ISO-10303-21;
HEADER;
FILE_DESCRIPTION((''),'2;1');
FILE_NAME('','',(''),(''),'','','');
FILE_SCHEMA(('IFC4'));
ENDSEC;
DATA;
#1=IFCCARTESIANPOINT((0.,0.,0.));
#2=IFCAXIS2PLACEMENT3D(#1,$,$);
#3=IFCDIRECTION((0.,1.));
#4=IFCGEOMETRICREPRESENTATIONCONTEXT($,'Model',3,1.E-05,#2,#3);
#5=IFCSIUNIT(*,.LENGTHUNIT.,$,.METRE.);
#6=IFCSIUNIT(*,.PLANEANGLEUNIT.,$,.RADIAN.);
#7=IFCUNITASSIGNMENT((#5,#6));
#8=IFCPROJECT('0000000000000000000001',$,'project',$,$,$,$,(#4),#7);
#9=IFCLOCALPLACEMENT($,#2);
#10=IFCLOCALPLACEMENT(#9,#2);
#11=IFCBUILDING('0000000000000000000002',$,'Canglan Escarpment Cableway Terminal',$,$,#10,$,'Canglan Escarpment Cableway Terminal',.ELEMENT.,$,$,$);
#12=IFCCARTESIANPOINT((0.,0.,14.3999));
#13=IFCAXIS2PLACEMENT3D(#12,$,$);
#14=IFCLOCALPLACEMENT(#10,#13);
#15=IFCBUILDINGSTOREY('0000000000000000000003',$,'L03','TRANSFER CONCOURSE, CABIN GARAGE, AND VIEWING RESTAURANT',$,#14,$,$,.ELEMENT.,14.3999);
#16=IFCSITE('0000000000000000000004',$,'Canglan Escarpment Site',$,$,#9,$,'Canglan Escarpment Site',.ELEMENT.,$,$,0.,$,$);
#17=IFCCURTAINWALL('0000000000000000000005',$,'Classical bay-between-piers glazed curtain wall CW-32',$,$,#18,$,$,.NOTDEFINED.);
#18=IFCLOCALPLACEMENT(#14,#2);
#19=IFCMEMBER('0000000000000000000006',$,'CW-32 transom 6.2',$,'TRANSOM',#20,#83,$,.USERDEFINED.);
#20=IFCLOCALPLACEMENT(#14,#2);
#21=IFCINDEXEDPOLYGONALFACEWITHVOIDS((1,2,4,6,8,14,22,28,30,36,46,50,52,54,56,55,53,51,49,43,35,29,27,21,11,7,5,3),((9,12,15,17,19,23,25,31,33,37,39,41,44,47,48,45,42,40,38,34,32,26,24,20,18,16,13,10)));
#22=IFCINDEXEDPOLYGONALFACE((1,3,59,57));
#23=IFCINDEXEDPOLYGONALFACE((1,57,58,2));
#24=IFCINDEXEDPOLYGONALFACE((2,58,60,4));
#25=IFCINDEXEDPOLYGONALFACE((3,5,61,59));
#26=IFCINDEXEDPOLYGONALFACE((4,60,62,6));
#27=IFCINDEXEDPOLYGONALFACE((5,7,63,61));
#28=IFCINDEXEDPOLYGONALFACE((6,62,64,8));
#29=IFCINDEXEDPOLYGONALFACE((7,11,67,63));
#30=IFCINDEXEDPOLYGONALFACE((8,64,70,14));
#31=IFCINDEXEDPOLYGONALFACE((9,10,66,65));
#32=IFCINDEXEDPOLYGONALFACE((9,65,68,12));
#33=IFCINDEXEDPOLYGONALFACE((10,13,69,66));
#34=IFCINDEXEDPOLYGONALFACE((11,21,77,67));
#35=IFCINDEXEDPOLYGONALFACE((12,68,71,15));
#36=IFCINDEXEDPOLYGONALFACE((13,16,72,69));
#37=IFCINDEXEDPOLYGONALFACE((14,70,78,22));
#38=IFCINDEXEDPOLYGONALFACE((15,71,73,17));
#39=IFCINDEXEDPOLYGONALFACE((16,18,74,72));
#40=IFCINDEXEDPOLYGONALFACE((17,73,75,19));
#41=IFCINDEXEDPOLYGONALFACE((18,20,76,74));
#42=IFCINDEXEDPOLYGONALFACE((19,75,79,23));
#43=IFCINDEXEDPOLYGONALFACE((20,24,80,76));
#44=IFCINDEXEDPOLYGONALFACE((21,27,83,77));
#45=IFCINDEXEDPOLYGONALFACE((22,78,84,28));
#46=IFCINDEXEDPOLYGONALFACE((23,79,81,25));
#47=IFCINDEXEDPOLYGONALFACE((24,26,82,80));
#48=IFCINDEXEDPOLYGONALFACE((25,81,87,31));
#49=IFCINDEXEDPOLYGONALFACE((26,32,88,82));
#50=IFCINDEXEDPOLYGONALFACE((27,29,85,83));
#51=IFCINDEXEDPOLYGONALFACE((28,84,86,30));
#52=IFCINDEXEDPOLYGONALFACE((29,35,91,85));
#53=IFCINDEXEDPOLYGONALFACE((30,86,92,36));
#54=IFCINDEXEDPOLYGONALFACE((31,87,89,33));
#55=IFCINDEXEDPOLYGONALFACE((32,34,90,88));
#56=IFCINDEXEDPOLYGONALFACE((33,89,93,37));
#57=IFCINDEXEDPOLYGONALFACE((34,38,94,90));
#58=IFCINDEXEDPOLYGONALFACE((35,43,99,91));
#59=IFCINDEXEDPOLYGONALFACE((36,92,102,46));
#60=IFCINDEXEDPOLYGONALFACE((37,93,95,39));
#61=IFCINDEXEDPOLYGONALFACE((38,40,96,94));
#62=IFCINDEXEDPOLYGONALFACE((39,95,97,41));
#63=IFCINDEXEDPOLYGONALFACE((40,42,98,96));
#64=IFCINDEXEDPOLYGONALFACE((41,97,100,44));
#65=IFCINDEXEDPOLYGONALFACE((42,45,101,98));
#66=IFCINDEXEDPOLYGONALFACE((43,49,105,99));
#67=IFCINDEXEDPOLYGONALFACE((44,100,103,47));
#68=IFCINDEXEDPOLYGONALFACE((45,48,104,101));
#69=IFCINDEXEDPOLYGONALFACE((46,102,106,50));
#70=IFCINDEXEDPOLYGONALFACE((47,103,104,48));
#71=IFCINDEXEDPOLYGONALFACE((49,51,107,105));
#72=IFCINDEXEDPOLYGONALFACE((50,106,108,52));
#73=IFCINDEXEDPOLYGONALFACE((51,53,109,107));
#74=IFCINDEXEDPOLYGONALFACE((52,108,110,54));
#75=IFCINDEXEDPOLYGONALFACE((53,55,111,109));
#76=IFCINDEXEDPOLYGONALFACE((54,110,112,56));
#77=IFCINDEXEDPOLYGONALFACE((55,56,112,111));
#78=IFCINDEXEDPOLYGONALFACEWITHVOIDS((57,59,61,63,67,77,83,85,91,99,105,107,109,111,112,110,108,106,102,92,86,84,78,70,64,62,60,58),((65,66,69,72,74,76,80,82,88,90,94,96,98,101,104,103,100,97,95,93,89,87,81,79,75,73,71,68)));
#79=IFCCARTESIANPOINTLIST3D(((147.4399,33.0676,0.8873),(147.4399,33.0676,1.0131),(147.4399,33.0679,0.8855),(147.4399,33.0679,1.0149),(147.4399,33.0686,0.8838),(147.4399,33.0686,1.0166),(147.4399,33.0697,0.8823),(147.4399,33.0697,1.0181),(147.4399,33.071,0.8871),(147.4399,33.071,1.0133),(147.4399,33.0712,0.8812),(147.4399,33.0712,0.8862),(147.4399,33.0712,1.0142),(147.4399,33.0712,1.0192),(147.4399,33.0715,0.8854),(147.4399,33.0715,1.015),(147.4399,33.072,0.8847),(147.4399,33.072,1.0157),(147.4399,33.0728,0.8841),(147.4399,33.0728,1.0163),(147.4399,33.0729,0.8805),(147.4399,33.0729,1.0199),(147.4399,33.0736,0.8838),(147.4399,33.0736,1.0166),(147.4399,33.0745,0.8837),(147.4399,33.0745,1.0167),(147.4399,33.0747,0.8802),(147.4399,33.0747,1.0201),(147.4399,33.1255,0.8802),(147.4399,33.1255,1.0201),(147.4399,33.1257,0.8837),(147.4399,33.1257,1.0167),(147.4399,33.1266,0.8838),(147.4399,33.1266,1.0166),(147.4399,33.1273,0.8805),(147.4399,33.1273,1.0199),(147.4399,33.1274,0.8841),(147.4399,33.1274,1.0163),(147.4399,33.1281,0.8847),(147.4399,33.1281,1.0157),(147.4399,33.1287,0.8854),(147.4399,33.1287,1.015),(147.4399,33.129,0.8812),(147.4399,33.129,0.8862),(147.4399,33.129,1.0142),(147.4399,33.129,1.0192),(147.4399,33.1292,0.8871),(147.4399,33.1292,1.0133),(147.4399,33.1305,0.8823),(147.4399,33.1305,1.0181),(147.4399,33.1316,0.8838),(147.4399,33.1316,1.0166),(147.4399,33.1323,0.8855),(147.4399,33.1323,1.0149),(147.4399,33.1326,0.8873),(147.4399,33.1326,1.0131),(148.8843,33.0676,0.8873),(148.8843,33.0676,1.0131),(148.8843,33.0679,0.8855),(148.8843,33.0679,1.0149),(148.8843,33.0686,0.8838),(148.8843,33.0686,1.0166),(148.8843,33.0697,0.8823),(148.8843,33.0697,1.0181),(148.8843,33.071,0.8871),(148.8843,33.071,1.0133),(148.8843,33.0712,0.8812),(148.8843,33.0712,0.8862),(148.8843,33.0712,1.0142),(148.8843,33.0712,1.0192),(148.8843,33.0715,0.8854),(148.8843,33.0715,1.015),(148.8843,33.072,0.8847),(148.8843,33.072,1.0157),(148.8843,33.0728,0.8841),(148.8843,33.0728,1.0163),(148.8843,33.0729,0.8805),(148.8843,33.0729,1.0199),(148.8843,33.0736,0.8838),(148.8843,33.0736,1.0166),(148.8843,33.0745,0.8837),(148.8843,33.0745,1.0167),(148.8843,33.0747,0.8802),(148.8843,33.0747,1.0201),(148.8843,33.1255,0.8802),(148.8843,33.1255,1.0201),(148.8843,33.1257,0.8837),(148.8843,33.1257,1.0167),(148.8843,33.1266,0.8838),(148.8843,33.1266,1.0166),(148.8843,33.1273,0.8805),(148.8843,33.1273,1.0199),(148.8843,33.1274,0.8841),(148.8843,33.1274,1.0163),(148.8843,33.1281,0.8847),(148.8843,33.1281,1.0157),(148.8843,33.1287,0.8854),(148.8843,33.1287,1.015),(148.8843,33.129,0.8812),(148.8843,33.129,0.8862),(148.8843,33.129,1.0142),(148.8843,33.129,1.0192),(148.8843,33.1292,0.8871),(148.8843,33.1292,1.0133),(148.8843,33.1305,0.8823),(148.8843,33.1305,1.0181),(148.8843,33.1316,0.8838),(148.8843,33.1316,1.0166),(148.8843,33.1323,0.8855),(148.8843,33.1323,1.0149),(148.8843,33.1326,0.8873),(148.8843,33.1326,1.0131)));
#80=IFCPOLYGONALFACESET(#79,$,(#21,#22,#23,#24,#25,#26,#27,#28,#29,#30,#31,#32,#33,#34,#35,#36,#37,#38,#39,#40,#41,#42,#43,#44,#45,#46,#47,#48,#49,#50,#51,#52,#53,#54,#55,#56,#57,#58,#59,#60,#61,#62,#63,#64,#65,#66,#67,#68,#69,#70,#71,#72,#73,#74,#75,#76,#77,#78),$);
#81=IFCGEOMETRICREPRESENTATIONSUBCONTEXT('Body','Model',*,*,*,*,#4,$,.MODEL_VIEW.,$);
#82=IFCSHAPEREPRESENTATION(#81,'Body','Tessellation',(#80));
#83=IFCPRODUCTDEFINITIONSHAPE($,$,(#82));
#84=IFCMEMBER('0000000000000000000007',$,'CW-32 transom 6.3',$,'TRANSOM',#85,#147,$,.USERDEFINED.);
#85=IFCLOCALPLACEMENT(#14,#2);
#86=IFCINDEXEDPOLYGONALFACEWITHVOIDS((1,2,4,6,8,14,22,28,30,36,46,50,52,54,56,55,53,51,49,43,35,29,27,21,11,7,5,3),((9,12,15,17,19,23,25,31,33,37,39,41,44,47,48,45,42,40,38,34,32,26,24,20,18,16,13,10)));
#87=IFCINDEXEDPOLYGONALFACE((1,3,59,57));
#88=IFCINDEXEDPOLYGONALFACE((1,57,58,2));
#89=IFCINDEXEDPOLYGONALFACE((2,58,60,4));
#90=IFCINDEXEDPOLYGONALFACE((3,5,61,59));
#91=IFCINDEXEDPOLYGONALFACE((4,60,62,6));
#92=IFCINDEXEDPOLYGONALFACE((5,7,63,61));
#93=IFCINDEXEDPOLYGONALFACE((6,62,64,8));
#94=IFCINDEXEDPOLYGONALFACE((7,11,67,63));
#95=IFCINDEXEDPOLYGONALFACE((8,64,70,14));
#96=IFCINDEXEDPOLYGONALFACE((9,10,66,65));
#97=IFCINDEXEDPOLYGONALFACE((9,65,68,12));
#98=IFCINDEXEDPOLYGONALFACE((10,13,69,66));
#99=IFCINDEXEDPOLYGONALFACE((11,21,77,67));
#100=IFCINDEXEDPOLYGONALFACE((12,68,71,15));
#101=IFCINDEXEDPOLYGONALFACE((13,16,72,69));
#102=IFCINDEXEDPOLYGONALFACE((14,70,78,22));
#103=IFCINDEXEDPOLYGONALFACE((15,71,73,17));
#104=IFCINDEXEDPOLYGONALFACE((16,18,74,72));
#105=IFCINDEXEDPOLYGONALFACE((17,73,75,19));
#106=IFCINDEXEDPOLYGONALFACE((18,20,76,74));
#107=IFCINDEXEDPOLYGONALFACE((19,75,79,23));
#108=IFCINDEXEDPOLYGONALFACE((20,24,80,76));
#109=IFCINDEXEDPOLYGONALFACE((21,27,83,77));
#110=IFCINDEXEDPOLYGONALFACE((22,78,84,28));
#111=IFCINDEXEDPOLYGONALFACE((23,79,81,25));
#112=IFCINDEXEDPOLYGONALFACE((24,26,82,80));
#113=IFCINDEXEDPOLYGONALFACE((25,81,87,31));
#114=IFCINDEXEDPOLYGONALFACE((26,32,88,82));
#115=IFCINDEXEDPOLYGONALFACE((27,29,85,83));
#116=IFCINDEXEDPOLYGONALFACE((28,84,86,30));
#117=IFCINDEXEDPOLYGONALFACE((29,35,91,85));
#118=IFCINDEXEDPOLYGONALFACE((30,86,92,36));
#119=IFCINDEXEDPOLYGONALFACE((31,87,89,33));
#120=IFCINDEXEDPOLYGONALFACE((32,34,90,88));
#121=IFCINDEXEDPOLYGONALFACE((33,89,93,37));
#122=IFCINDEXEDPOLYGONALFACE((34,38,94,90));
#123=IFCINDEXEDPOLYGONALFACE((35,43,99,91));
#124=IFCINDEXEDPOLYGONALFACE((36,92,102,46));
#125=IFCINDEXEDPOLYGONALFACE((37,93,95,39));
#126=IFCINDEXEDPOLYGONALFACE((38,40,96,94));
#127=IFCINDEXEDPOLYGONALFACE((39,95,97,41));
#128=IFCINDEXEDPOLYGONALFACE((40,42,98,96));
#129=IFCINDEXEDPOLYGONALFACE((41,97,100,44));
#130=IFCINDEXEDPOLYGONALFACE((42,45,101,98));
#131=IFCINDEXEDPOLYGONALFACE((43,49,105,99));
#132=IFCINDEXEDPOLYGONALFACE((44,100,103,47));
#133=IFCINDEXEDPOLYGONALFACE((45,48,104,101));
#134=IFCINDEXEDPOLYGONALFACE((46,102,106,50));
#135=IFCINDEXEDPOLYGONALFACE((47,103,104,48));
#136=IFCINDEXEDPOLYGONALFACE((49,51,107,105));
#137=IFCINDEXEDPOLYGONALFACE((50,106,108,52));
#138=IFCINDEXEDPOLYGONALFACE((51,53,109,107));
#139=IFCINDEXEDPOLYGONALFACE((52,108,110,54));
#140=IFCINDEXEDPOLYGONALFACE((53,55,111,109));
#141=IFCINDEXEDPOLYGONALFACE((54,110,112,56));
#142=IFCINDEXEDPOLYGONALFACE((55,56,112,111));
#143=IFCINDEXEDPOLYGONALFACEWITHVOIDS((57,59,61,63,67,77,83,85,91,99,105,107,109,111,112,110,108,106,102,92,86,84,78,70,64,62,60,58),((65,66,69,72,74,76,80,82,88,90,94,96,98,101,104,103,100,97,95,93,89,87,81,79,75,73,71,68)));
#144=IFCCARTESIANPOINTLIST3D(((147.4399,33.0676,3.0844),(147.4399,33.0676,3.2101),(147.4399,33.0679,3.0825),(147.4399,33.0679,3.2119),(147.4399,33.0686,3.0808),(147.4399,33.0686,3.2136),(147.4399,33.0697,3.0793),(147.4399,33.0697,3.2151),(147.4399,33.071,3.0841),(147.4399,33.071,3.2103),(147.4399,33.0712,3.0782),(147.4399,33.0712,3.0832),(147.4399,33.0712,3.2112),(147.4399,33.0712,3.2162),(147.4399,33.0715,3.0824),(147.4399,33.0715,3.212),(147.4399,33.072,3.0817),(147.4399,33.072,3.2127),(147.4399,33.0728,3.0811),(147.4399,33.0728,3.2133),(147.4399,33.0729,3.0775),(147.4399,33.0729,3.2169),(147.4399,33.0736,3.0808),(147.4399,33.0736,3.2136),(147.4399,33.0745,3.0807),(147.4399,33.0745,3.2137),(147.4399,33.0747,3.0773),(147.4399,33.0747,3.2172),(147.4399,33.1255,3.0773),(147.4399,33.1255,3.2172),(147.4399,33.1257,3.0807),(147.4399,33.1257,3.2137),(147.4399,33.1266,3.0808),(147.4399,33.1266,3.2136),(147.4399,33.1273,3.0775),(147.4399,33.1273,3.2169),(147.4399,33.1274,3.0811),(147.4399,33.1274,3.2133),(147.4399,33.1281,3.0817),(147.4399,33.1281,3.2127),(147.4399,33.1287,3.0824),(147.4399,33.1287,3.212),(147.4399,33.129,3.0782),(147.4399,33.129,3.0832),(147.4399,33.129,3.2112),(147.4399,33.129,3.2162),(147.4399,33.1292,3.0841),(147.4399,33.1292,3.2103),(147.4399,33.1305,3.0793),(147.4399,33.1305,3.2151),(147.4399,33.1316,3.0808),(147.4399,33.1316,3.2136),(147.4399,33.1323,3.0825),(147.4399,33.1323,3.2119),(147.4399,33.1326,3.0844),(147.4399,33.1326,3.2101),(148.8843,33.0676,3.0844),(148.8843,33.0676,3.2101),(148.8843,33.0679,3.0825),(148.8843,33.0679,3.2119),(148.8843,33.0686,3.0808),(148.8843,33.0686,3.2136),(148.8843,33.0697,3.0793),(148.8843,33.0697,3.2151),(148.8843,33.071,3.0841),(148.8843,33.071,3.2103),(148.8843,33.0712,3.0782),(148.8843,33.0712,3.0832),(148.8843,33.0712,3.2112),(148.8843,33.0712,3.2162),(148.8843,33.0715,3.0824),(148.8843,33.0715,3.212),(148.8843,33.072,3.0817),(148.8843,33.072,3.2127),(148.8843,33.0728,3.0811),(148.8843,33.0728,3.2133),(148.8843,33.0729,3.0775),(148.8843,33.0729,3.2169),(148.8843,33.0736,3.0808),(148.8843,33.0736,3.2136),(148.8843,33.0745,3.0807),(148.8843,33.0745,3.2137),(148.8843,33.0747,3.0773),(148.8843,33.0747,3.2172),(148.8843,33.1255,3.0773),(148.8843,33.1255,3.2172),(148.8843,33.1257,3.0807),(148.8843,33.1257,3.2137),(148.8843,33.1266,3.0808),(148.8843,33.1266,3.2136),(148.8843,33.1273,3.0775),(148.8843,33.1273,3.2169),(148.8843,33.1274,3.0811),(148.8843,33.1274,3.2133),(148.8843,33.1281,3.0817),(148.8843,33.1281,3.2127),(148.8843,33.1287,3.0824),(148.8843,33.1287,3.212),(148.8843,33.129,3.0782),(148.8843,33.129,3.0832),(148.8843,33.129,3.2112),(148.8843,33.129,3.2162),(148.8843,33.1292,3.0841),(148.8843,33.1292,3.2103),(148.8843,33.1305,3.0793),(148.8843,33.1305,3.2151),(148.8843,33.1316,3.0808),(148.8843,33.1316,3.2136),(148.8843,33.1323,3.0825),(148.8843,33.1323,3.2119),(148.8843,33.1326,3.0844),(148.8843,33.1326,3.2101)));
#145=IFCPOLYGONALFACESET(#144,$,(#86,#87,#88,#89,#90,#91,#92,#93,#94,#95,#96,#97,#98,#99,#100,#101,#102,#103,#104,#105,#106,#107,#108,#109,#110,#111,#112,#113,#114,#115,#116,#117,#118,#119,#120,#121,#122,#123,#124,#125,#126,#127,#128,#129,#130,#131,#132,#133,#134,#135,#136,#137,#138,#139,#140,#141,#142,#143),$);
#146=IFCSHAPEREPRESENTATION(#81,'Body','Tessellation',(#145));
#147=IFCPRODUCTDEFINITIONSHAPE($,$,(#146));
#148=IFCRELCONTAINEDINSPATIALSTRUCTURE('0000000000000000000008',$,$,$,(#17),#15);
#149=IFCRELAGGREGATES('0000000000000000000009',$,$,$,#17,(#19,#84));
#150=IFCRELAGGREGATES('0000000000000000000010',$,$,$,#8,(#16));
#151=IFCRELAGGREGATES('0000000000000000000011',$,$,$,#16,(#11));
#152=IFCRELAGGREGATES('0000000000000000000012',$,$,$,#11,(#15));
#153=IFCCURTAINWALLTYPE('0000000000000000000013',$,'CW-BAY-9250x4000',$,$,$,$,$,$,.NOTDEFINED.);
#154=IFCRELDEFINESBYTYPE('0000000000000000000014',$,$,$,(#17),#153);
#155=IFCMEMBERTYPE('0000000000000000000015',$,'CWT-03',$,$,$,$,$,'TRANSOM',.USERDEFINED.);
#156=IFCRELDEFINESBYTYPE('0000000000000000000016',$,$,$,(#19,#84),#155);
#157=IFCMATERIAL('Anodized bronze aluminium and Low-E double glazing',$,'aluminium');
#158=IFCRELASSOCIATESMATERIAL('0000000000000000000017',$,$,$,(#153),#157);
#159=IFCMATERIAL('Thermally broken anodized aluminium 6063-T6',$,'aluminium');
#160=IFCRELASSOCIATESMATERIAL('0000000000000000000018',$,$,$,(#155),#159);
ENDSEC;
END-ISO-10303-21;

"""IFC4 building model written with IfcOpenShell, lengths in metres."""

from ifc_helpers import new_model, si_unit, direction, frame, origin, origin_2d, place, context, subcontext, project, spatial, hollow_rectangle, extrude, material, material_profile, profile_set, type_object, element, aggregate, save


model = new_model("IFC4")

# Units and contexts
model_context = context("Model", 3, precision=1e-05, world=origin(), true_north=direction((0.0, 1.0)))
body_context = subcontext(model_context, "Body", "Model", "MODEL_VIEW")
ifc_project = project(units=[si_unit("LENGTHUNIT", "METRE"), si_unit("PLANEANGLEUNIT", "RADIAN")], contexts=[model_context])

# Site, building, storey
site_placement = place(None, origin())
site = spatial("IfcSite", under=ifc_project, at=site_placement, Name="Canglan Escarpment Site", LongName="Canglan Escarpment Site", CompositionType="ELEMENT", RefElevation=0.0)
building_placement = place(site_placement, origin())
building = spatial("IfcBuilding", under=site, at=building_placement, Name="Canglan Escarpment Cableway Terminal", LongName="Canglan Escarpment Cableway Terminal", CompositionType="ELEMENT")
storey_placement = place(building_placement, frame((0.0, 0.0, 14.3999)))
storey = spatial("IfcBuildingStorey", under=building, at=storey_placement, Name="L03", Description="TRANSFER CONCOURSE, CABIN GARAGE, AND VIEWING RESTAURANT", CompositionType="ELEMENT", Elevation=14.3999)

# Curtain wall, members
ifc_material_1 = material(Name="Anodized bronze aluminium and Low-E double glazing", Category="aluminium")
curtain_wall_type = type_object("IfcCurtainWallType", Name="CW-BAY-9250x4000", PredefinedType="NOTDEFINED", material=ifc_material_1)
curtain_wall_placement = place(storey_placement, origin())
curtain_wall = element("IfcCurtainWall", 1, at=curtain_wall_placement, inside=storey, type_object=curtain_wall_type, Name="Classical bay-between-piers glazed curtain wall CW-32", PredefinedType="NOTDEFINED")
ifc_material_2 = material(Name="Thermally broken anodized aluminium 6063-T6", Category="aluminium")
ifc_material_profile_1 = material_profile(ifc_material_2, hollow_rectangle(XDim=0.0649, YDim=0.1399, WallThickness=0.0034, InnerFilletRadius=0.0034, OuterFilletRadius=0.0071, at=origin_2d()), Name="ALU-TRAN 65x140x3.5")
ifc_profile_set_1 = profile_set([ifc_material_profile_1], Name="Thermally broken anodized aluminium 6063-T6")
member_type_1 = type_object("IfcMemberType", Name="CWT-03", ElementType="TRANSOM", PredefinedType="USERDEFINED", material=ifc_profile_set_1)
member_1_placement = place(storey_placement, frame((148.8843, 33.1001, 0.9502), z_axis=(-1.0, 0.0, 0.0), x_axis=(0.0, -1.0, 0.0)))
member_1 = element("IfcMember", 2, at=member_1_placement, type_object=member_type_1, Name="CW-32 transom 6.2", ObjectType="TRANSOM", PredefinedType="USERDEFINED", context=body_context, shape_type="SweptSolid", body=[
    extrude(hollow_rectangle(XDim=0.0649, YDim=0.1399, WallThickness=0.0034, InnerFilletRadius=0.0034, OuterFilletRadius=0.0071, at=origin_2d()), origin(), (0.0, 0.0, 1.0), 1.4443),
])
member_2_placement = place(storey_placement, frame((148.8843, 33.1001, 3.1472), z_axis=(-1.0, 0.0, 0.0), x_axis=(0.0, -1.0, 0.0)))
member_2 = element("IfcMember", 3, at=member_2_placement, type_object=member_type_1, Name="CW-32 transom 6.3", ObjectType="TRANSOM", PredefinedType="USERDEFINED", context=body_context, shape_type="SweptSolid", body=[
    extrude(hollow_rectangle(XDim=0.0649, YDim=0.1399, WallThickness=0.0034, InnerFilletRadius=0.0034, OuterFilletRadius=0.0071, at=origin_2d()), origin(), (0.0, 0.0, 1.0), 1.4443),
])

aggregate(curtain_wall, [member_1, member_2])

save(model, "model.ifc")
